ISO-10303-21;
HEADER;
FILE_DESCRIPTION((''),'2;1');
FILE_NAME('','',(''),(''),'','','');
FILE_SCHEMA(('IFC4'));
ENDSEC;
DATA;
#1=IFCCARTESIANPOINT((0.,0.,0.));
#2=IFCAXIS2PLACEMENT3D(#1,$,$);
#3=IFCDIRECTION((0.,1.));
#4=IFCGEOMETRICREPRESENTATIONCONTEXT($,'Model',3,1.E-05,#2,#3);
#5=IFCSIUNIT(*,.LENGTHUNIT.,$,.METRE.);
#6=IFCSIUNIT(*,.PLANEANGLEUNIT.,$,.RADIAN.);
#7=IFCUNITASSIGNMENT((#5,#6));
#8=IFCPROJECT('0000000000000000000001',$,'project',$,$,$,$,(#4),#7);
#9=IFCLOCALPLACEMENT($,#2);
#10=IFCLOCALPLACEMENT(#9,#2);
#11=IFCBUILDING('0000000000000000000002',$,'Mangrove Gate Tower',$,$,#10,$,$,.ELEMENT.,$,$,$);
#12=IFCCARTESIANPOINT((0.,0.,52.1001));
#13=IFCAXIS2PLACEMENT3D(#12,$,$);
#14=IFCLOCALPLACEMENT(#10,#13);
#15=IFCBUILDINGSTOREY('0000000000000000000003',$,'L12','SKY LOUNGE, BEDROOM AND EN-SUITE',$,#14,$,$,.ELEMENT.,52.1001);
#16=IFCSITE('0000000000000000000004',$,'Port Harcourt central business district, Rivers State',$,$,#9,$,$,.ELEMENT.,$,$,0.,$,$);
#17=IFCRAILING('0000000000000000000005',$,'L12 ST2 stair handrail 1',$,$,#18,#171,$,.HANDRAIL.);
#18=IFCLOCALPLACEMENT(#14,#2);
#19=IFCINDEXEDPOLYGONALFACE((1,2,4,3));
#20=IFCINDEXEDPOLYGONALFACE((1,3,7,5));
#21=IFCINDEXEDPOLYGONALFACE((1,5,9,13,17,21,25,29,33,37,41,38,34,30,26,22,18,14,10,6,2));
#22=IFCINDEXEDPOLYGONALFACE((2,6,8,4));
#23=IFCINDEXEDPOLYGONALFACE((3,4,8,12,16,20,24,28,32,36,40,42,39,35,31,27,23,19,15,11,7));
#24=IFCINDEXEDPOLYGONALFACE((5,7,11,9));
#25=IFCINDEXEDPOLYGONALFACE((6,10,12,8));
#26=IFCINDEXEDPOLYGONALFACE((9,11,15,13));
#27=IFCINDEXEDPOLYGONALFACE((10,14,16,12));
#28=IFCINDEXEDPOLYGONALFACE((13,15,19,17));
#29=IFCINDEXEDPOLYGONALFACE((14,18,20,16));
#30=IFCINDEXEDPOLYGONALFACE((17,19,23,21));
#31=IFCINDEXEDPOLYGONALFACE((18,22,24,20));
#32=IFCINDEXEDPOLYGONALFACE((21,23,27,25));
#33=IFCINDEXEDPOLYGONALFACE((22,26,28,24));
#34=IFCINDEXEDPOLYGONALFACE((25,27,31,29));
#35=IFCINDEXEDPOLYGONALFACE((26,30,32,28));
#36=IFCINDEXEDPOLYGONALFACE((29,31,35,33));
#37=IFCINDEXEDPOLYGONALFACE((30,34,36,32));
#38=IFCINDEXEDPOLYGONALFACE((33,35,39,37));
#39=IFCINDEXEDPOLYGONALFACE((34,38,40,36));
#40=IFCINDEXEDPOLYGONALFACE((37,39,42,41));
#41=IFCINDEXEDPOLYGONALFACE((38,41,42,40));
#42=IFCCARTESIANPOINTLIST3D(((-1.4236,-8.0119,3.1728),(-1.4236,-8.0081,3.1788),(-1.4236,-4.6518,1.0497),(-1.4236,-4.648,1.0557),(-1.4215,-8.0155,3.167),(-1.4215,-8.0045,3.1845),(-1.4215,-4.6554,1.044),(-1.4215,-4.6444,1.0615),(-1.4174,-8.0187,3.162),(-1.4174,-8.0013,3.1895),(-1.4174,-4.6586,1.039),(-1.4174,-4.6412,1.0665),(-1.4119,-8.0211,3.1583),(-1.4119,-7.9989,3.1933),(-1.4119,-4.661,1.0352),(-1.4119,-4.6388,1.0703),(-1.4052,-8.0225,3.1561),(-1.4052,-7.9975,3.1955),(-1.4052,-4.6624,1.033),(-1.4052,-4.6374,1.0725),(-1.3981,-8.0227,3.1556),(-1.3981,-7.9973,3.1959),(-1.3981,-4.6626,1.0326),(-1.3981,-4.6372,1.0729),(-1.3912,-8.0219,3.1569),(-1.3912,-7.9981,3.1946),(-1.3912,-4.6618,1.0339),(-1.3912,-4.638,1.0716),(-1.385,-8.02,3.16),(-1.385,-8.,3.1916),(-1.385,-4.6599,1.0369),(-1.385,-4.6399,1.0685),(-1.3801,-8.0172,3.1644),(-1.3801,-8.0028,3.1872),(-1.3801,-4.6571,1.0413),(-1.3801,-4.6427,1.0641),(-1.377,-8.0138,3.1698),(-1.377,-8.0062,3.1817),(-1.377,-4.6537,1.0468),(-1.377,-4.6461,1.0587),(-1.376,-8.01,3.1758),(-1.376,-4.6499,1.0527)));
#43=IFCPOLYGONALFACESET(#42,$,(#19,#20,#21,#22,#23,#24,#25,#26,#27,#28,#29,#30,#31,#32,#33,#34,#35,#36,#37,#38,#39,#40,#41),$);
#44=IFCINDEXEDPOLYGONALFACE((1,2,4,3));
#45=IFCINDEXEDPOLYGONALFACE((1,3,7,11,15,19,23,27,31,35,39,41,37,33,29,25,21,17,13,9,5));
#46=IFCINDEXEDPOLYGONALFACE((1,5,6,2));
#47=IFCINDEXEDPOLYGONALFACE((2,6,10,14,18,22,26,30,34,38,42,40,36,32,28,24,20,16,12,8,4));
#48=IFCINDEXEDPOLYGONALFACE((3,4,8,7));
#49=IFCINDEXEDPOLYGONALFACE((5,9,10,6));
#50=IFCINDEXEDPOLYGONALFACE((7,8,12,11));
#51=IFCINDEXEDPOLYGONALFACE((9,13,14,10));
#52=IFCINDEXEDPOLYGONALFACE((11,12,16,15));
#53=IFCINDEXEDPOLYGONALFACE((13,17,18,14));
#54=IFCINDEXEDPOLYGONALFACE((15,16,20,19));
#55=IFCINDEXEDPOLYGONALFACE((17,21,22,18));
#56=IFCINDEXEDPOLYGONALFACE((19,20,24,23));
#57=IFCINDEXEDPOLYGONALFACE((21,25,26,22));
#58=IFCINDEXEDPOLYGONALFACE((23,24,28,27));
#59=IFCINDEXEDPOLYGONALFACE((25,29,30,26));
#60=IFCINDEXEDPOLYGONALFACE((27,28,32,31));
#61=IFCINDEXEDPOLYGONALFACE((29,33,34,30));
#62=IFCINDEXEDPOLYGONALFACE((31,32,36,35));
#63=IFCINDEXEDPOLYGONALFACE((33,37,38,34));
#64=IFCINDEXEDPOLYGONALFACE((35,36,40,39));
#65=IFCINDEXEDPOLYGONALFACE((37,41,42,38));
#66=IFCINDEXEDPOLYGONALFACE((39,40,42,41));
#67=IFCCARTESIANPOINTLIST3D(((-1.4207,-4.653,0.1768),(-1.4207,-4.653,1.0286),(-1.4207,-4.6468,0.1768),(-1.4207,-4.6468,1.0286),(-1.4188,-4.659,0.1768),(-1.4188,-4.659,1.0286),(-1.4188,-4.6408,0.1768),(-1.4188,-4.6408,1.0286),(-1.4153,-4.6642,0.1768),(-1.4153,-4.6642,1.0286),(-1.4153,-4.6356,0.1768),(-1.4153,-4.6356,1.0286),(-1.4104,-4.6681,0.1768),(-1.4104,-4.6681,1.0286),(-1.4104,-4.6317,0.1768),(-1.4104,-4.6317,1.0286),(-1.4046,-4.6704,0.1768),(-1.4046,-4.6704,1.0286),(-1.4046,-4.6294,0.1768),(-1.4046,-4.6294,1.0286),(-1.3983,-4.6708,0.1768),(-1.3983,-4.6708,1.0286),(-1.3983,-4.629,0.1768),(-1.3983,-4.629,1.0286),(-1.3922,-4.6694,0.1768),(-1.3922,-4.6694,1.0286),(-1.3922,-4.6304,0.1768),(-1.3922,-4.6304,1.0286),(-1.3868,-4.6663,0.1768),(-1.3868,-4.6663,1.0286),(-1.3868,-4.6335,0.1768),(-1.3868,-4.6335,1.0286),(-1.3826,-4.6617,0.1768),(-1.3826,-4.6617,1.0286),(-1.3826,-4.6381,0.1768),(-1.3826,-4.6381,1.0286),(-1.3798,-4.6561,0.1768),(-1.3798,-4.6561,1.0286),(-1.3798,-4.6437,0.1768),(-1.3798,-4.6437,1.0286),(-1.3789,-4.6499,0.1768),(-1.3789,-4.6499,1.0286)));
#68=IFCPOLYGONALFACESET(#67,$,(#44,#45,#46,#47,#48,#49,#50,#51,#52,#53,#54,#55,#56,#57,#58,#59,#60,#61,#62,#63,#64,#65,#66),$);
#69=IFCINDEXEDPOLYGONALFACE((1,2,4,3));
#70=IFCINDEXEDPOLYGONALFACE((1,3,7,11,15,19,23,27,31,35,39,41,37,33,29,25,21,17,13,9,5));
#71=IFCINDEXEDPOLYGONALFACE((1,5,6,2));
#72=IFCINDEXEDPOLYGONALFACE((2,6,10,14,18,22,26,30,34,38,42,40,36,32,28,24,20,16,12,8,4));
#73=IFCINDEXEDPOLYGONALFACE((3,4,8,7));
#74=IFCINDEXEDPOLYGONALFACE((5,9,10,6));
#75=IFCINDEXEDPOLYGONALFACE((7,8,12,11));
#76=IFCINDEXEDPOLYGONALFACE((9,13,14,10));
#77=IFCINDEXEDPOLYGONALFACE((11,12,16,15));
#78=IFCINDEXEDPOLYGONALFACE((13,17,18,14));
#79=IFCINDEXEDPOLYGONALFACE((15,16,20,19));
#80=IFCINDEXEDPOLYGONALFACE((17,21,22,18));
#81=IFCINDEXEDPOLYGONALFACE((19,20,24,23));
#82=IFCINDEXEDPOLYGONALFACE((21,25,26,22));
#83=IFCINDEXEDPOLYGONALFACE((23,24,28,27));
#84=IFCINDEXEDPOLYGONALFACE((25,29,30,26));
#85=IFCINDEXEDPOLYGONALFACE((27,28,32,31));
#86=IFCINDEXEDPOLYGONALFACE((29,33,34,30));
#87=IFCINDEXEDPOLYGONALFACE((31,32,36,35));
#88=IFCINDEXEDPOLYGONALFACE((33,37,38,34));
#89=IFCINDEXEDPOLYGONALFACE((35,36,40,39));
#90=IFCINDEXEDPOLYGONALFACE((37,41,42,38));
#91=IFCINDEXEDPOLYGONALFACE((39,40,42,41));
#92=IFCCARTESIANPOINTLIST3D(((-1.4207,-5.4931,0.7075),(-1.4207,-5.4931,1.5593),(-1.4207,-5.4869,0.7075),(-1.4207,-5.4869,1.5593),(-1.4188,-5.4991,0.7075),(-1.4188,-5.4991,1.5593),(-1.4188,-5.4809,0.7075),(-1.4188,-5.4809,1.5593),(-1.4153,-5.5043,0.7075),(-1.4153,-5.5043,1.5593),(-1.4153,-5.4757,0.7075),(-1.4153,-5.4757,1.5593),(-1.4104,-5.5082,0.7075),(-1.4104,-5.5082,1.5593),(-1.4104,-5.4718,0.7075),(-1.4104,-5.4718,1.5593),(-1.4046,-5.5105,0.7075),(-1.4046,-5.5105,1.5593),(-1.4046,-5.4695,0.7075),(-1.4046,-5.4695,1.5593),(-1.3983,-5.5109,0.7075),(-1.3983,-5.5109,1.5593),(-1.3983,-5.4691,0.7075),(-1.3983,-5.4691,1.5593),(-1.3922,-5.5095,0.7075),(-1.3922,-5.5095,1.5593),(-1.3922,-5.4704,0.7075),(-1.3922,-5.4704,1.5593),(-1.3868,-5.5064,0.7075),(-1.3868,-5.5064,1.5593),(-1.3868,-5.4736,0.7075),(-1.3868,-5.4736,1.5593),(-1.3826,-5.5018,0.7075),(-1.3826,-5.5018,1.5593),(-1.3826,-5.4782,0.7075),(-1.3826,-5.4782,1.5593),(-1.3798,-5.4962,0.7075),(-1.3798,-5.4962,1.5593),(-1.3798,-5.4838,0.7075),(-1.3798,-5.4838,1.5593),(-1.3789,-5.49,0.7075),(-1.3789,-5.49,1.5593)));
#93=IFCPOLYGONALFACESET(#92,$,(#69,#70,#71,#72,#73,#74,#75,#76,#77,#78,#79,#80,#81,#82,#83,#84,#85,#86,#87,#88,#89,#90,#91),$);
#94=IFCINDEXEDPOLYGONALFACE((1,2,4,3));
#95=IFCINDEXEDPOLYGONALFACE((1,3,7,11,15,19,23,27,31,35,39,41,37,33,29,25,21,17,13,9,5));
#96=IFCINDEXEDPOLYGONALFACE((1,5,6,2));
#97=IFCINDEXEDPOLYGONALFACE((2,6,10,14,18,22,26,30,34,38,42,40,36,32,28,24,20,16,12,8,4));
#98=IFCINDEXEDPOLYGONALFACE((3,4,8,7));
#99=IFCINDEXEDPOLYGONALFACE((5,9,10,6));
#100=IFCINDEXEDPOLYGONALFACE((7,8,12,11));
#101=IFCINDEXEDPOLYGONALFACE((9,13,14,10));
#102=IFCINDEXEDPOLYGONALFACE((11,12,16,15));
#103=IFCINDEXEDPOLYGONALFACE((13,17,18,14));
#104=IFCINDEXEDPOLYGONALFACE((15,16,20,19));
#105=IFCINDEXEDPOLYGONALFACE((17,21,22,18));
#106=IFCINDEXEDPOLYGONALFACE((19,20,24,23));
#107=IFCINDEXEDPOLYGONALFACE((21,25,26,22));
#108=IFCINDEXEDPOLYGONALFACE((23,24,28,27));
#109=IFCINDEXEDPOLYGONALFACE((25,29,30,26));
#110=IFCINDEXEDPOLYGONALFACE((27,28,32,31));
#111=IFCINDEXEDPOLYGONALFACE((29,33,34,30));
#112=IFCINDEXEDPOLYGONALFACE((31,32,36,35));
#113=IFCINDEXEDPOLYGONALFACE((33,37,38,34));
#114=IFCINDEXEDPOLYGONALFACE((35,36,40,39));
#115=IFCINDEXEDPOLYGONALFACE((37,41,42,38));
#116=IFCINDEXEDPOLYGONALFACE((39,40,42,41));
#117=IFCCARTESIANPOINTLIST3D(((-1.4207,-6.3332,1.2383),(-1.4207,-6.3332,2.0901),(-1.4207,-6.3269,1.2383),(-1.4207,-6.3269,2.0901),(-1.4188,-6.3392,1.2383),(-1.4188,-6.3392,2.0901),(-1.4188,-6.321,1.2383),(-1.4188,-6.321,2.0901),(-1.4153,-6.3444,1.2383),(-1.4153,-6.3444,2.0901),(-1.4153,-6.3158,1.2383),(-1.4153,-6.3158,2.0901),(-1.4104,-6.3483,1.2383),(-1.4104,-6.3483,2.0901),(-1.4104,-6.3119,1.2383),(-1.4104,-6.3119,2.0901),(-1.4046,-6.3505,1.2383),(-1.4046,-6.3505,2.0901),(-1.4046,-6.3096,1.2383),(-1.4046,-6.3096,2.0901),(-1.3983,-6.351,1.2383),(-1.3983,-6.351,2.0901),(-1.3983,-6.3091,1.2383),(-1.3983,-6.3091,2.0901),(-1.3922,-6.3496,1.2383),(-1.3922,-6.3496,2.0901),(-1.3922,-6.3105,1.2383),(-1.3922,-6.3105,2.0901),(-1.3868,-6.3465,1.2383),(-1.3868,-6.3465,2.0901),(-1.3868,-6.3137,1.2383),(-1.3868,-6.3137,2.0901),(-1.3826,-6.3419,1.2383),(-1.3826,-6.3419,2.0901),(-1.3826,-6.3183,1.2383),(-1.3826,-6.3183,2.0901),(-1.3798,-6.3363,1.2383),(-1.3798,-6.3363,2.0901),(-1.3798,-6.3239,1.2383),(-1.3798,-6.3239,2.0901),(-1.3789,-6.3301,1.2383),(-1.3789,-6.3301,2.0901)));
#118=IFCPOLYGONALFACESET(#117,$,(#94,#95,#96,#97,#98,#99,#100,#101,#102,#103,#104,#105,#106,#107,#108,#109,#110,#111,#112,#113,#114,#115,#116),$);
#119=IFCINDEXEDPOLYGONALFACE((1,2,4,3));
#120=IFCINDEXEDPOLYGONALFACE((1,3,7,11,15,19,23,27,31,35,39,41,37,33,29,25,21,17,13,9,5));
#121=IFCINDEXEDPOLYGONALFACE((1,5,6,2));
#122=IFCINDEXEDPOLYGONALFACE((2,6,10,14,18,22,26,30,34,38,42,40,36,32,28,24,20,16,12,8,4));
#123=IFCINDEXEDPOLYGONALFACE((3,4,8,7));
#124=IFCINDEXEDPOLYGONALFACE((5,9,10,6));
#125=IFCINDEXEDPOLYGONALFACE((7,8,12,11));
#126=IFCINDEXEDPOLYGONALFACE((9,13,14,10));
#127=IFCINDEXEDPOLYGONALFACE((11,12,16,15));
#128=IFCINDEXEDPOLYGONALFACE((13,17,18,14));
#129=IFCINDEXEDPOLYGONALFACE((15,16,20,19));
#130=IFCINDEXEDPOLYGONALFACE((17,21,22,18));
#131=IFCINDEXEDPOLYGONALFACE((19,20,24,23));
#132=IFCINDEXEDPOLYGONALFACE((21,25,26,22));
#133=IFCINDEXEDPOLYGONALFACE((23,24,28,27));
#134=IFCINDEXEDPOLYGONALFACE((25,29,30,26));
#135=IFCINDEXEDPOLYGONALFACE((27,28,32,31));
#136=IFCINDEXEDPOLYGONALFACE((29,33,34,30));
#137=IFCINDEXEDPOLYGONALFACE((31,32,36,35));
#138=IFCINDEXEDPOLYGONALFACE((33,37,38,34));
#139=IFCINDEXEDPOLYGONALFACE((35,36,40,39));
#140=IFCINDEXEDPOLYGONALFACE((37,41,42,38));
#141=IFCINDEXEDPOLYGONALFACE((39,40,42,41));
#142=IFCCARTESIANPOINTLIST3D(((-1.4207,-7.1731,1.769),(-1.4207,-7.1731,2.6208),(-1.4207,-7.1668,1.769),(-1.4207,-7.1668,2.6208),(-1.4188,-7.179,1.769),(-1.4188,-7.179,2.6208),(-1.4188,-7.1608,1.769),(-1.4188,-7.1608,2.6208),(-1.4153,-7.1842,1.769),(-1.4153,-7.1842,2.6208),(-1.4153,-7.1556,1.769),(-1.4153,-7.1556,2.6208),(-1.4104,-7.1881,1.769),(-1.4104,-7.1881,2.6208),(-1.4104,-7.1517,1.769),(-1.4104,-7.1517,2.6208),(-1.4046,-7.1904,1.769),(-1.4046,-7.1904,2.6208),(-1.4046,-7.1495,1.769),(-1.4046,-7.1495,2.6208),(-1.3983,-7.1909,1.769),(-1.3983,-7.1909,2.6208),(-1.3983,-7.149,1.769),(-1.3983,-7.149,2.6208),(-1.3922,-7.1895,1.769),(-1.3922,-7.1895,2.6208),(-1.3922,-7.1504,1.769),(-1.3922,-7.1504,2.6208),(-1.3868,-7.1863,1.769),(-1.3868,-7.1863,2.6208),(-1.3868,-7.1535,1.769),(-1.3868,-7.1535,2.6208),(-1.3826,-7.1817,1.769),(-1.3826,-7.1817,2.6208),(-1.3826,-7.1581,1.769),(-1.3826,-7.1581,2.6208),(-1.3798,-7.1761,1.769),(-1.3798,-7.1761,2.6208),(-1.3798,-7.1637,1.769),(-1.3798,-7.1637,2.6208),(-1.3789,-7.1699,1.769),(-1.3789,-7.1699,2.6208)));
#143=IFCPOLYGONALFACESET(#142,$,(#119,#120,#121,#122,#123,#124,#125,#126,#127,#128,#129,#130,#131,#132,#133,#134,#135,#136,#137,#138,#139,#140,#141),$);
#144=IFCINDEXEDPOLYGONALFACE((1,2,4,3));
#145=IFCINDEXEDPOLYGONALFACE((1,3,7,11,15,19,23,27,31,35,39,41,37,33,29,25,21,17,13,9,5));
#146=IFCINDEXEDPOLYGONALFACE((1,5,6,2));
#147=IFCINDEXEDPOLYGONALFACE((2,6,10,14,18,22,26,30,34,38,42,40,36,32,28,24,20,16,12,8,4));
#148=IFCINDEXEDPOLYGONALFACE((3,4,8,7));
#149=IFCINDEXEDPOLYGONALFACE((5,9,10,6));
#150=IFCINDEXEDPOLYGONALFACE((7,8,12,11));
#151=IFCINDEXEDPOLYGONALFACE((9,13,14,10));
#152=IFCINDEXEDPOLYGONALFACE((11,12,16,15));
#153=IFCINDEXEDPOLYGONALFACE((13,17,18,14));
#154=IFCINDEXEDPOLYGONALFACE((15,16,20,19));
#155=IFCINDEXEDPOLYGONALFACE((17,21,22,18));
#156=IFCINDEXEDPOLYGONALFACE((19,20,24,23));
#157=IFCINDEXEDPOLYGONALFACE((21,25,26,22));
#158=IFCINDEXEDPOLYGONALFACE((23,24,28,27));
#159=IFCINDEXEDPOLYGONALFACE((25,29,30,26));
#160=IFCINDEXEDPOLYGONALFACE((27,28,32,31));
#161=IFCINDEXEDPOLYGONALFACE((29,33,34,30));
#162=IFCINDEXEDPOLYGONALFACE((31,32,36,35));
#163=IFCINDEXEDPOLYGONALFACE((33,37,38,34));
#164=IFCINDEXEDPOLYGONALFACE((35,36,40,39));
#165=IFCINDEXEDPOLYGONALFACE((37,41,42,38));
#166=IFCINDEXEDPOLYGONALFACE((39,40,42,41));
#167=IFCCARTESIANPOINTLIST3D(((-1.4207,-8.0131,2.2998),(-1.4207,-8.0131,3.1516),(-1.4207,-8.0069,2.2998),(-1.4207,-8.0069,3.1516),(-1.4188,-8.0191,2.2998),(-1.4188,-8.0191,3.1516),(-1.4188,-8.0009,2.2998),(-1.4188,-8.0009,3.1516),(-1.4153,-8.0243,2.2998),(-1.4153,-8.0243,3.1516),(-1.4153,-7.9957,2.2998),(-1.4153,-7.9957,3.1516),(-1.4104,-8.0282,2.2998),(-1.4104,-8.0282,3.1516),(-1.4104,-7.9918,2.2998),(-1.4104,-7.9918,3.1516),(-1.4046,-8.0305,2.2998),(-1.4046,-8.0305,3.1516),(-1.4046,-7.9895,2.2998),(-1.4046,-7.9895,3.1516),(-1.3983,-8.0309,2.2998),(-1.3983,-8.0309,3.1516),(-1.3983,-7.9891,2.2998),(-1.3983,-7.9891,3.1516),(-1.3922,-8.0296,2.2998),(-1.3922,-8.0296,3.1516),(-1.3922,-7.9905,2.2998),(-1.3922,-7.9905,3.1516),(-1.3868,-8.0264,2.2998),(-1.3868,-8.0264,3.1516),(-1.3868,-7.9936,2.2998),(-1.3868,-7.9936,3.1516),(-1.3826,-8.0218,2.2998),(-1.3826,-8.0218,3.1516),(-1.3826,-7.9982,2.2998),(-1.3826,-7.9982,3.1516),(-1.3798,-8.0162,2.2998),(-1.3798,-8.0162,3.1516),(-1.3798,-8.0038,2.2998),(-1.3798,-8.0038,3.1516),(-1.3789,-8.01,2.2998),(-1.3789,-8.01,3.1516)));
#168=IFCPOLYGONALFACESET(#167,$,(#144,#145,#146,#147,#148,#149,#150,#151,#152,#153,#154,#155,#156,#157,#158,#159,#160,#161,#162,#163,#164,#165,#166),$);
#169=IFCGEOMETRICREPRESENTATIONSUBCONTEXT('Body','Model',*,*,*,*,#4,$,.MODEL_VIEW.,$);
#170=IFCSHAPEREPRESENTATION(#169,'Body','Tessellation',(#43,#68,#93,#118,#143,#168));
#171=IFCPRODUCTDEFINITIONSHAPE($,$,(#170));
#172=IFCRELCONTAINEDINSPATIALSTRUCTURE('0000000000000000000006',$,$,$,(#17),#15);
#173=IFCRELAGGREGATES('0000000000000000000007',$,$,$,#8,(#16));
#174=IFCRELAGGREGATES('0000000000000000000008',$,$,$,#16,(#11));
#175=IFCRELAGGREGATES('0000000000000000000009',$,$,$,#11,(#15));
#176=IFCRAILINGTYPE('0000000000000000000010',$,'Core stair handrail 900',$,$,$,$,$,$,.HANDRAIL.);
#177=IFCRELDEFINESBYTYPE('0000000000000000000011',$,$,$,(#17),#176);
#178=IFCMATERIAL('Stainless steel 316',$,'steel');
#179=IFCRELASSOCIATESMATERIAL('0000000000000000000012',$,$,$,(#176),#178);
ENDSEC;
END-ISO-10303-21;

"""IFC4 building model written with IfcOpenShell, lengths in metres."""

from ifc_helpers import new_model, si_unit, direction, frame, origin, origin_2d, place, context, subcontext, project, spatial, circle, extrude, material, type_object, element, save


model = new_model("IFC4")

# Units and contexts
model_context = context("Model", 3, precision=1e-05, world=origin(), true_north=direction((0.0, 1.0)))
body_context = subcontext(model_context, "Body", "Model", "MODEL_VIEW")
ifc_project = project(units=[si_unit("LENGTHUNIT", "METRE"), si_unit("PLANEANGLEUNIT", "RADIAN")], contexts=[model_context])

# Site, building, storey
site_placement = place(None, origin())
site = spatial("IfcSite", under=ifc_project, at=site_placement, Name="Port Harcourt central business district, Rivers State", CompositionType="ELEMENT", RefElevation=0.0)
building_placement = place(site_placement, origin())
building = spatial("IfcBuilding", under=site, at=building_placement, Name="Mangrove Gate Tower", CompositionType="ELEMENT")
storey_placement = place(building_placement, frame((0.0, 0.0, 52.1001)))
storey = spatial("IfcBuildingStorey", under=building, at=storey_placement, Name="L12", Description="SKY LOUNGE, BEDROOM AND EN-SUITE", CompositionType="ELEMENT", Elevation=52.1001)

# Railing
ifc_material_1 = material(Name="Stainless steel 316", Category="steel")
railing_type_1 = type_object("IfcRailingType", Name="Core stair handrail 900", PredefinedType="HANDRAIL", material=ifc_material_1)
railing_1_placement = place(storey_placement, frame((-1.3999, -4.6499, 0.1768)))
element("IfcRailing", 1, at=railing_1_placement, inside=storey, type_object=railing_type_1, Name="L12 ST2 stair handrail 1", PredefinedType="HANDRAIL", context=body_context, shape_type="SweptSolid", body=[
    extrude(circle(Radius=0.0239, at=origin_2d()), frame((0.0, 0.0, 0.876), z_axis=(0.0, -0.84539, 0.53415), x_axis=(1.0, 0.0, 0.0)), (0.0, 0.0, 1.0), 3.9746),
    extrude(circle(Radius=0.021, at=origin_2d()), origin(), (0.0, 0.0, 1.0), 0.8518),
    extrude(circle(Radius=0.021, at=origin_2d()), frame((0.0, -0.8401, 0.5308)), (0.0, 0.0, 1.0), 0.8518),
    extrude(circle(Radius=0.021, at=origin_2d()), frame((0.0, -1.6802, 1.0615)), (0.0, 0.0, 1.0), 0.8518),
    extrude(circle(Radius=0.021, at=origin_2d()), frame((0.0, -2.52, 1.5923)), (0.0, 0.0, 1.0), 0.8518),
    extrude(circle(Radius=0.021, at=origin_2d()), frame((0.0, -3.3601, 2.123)), (0.0, 0.0, 1.0), 0.8518),
])

save(model, "model.ifc")
